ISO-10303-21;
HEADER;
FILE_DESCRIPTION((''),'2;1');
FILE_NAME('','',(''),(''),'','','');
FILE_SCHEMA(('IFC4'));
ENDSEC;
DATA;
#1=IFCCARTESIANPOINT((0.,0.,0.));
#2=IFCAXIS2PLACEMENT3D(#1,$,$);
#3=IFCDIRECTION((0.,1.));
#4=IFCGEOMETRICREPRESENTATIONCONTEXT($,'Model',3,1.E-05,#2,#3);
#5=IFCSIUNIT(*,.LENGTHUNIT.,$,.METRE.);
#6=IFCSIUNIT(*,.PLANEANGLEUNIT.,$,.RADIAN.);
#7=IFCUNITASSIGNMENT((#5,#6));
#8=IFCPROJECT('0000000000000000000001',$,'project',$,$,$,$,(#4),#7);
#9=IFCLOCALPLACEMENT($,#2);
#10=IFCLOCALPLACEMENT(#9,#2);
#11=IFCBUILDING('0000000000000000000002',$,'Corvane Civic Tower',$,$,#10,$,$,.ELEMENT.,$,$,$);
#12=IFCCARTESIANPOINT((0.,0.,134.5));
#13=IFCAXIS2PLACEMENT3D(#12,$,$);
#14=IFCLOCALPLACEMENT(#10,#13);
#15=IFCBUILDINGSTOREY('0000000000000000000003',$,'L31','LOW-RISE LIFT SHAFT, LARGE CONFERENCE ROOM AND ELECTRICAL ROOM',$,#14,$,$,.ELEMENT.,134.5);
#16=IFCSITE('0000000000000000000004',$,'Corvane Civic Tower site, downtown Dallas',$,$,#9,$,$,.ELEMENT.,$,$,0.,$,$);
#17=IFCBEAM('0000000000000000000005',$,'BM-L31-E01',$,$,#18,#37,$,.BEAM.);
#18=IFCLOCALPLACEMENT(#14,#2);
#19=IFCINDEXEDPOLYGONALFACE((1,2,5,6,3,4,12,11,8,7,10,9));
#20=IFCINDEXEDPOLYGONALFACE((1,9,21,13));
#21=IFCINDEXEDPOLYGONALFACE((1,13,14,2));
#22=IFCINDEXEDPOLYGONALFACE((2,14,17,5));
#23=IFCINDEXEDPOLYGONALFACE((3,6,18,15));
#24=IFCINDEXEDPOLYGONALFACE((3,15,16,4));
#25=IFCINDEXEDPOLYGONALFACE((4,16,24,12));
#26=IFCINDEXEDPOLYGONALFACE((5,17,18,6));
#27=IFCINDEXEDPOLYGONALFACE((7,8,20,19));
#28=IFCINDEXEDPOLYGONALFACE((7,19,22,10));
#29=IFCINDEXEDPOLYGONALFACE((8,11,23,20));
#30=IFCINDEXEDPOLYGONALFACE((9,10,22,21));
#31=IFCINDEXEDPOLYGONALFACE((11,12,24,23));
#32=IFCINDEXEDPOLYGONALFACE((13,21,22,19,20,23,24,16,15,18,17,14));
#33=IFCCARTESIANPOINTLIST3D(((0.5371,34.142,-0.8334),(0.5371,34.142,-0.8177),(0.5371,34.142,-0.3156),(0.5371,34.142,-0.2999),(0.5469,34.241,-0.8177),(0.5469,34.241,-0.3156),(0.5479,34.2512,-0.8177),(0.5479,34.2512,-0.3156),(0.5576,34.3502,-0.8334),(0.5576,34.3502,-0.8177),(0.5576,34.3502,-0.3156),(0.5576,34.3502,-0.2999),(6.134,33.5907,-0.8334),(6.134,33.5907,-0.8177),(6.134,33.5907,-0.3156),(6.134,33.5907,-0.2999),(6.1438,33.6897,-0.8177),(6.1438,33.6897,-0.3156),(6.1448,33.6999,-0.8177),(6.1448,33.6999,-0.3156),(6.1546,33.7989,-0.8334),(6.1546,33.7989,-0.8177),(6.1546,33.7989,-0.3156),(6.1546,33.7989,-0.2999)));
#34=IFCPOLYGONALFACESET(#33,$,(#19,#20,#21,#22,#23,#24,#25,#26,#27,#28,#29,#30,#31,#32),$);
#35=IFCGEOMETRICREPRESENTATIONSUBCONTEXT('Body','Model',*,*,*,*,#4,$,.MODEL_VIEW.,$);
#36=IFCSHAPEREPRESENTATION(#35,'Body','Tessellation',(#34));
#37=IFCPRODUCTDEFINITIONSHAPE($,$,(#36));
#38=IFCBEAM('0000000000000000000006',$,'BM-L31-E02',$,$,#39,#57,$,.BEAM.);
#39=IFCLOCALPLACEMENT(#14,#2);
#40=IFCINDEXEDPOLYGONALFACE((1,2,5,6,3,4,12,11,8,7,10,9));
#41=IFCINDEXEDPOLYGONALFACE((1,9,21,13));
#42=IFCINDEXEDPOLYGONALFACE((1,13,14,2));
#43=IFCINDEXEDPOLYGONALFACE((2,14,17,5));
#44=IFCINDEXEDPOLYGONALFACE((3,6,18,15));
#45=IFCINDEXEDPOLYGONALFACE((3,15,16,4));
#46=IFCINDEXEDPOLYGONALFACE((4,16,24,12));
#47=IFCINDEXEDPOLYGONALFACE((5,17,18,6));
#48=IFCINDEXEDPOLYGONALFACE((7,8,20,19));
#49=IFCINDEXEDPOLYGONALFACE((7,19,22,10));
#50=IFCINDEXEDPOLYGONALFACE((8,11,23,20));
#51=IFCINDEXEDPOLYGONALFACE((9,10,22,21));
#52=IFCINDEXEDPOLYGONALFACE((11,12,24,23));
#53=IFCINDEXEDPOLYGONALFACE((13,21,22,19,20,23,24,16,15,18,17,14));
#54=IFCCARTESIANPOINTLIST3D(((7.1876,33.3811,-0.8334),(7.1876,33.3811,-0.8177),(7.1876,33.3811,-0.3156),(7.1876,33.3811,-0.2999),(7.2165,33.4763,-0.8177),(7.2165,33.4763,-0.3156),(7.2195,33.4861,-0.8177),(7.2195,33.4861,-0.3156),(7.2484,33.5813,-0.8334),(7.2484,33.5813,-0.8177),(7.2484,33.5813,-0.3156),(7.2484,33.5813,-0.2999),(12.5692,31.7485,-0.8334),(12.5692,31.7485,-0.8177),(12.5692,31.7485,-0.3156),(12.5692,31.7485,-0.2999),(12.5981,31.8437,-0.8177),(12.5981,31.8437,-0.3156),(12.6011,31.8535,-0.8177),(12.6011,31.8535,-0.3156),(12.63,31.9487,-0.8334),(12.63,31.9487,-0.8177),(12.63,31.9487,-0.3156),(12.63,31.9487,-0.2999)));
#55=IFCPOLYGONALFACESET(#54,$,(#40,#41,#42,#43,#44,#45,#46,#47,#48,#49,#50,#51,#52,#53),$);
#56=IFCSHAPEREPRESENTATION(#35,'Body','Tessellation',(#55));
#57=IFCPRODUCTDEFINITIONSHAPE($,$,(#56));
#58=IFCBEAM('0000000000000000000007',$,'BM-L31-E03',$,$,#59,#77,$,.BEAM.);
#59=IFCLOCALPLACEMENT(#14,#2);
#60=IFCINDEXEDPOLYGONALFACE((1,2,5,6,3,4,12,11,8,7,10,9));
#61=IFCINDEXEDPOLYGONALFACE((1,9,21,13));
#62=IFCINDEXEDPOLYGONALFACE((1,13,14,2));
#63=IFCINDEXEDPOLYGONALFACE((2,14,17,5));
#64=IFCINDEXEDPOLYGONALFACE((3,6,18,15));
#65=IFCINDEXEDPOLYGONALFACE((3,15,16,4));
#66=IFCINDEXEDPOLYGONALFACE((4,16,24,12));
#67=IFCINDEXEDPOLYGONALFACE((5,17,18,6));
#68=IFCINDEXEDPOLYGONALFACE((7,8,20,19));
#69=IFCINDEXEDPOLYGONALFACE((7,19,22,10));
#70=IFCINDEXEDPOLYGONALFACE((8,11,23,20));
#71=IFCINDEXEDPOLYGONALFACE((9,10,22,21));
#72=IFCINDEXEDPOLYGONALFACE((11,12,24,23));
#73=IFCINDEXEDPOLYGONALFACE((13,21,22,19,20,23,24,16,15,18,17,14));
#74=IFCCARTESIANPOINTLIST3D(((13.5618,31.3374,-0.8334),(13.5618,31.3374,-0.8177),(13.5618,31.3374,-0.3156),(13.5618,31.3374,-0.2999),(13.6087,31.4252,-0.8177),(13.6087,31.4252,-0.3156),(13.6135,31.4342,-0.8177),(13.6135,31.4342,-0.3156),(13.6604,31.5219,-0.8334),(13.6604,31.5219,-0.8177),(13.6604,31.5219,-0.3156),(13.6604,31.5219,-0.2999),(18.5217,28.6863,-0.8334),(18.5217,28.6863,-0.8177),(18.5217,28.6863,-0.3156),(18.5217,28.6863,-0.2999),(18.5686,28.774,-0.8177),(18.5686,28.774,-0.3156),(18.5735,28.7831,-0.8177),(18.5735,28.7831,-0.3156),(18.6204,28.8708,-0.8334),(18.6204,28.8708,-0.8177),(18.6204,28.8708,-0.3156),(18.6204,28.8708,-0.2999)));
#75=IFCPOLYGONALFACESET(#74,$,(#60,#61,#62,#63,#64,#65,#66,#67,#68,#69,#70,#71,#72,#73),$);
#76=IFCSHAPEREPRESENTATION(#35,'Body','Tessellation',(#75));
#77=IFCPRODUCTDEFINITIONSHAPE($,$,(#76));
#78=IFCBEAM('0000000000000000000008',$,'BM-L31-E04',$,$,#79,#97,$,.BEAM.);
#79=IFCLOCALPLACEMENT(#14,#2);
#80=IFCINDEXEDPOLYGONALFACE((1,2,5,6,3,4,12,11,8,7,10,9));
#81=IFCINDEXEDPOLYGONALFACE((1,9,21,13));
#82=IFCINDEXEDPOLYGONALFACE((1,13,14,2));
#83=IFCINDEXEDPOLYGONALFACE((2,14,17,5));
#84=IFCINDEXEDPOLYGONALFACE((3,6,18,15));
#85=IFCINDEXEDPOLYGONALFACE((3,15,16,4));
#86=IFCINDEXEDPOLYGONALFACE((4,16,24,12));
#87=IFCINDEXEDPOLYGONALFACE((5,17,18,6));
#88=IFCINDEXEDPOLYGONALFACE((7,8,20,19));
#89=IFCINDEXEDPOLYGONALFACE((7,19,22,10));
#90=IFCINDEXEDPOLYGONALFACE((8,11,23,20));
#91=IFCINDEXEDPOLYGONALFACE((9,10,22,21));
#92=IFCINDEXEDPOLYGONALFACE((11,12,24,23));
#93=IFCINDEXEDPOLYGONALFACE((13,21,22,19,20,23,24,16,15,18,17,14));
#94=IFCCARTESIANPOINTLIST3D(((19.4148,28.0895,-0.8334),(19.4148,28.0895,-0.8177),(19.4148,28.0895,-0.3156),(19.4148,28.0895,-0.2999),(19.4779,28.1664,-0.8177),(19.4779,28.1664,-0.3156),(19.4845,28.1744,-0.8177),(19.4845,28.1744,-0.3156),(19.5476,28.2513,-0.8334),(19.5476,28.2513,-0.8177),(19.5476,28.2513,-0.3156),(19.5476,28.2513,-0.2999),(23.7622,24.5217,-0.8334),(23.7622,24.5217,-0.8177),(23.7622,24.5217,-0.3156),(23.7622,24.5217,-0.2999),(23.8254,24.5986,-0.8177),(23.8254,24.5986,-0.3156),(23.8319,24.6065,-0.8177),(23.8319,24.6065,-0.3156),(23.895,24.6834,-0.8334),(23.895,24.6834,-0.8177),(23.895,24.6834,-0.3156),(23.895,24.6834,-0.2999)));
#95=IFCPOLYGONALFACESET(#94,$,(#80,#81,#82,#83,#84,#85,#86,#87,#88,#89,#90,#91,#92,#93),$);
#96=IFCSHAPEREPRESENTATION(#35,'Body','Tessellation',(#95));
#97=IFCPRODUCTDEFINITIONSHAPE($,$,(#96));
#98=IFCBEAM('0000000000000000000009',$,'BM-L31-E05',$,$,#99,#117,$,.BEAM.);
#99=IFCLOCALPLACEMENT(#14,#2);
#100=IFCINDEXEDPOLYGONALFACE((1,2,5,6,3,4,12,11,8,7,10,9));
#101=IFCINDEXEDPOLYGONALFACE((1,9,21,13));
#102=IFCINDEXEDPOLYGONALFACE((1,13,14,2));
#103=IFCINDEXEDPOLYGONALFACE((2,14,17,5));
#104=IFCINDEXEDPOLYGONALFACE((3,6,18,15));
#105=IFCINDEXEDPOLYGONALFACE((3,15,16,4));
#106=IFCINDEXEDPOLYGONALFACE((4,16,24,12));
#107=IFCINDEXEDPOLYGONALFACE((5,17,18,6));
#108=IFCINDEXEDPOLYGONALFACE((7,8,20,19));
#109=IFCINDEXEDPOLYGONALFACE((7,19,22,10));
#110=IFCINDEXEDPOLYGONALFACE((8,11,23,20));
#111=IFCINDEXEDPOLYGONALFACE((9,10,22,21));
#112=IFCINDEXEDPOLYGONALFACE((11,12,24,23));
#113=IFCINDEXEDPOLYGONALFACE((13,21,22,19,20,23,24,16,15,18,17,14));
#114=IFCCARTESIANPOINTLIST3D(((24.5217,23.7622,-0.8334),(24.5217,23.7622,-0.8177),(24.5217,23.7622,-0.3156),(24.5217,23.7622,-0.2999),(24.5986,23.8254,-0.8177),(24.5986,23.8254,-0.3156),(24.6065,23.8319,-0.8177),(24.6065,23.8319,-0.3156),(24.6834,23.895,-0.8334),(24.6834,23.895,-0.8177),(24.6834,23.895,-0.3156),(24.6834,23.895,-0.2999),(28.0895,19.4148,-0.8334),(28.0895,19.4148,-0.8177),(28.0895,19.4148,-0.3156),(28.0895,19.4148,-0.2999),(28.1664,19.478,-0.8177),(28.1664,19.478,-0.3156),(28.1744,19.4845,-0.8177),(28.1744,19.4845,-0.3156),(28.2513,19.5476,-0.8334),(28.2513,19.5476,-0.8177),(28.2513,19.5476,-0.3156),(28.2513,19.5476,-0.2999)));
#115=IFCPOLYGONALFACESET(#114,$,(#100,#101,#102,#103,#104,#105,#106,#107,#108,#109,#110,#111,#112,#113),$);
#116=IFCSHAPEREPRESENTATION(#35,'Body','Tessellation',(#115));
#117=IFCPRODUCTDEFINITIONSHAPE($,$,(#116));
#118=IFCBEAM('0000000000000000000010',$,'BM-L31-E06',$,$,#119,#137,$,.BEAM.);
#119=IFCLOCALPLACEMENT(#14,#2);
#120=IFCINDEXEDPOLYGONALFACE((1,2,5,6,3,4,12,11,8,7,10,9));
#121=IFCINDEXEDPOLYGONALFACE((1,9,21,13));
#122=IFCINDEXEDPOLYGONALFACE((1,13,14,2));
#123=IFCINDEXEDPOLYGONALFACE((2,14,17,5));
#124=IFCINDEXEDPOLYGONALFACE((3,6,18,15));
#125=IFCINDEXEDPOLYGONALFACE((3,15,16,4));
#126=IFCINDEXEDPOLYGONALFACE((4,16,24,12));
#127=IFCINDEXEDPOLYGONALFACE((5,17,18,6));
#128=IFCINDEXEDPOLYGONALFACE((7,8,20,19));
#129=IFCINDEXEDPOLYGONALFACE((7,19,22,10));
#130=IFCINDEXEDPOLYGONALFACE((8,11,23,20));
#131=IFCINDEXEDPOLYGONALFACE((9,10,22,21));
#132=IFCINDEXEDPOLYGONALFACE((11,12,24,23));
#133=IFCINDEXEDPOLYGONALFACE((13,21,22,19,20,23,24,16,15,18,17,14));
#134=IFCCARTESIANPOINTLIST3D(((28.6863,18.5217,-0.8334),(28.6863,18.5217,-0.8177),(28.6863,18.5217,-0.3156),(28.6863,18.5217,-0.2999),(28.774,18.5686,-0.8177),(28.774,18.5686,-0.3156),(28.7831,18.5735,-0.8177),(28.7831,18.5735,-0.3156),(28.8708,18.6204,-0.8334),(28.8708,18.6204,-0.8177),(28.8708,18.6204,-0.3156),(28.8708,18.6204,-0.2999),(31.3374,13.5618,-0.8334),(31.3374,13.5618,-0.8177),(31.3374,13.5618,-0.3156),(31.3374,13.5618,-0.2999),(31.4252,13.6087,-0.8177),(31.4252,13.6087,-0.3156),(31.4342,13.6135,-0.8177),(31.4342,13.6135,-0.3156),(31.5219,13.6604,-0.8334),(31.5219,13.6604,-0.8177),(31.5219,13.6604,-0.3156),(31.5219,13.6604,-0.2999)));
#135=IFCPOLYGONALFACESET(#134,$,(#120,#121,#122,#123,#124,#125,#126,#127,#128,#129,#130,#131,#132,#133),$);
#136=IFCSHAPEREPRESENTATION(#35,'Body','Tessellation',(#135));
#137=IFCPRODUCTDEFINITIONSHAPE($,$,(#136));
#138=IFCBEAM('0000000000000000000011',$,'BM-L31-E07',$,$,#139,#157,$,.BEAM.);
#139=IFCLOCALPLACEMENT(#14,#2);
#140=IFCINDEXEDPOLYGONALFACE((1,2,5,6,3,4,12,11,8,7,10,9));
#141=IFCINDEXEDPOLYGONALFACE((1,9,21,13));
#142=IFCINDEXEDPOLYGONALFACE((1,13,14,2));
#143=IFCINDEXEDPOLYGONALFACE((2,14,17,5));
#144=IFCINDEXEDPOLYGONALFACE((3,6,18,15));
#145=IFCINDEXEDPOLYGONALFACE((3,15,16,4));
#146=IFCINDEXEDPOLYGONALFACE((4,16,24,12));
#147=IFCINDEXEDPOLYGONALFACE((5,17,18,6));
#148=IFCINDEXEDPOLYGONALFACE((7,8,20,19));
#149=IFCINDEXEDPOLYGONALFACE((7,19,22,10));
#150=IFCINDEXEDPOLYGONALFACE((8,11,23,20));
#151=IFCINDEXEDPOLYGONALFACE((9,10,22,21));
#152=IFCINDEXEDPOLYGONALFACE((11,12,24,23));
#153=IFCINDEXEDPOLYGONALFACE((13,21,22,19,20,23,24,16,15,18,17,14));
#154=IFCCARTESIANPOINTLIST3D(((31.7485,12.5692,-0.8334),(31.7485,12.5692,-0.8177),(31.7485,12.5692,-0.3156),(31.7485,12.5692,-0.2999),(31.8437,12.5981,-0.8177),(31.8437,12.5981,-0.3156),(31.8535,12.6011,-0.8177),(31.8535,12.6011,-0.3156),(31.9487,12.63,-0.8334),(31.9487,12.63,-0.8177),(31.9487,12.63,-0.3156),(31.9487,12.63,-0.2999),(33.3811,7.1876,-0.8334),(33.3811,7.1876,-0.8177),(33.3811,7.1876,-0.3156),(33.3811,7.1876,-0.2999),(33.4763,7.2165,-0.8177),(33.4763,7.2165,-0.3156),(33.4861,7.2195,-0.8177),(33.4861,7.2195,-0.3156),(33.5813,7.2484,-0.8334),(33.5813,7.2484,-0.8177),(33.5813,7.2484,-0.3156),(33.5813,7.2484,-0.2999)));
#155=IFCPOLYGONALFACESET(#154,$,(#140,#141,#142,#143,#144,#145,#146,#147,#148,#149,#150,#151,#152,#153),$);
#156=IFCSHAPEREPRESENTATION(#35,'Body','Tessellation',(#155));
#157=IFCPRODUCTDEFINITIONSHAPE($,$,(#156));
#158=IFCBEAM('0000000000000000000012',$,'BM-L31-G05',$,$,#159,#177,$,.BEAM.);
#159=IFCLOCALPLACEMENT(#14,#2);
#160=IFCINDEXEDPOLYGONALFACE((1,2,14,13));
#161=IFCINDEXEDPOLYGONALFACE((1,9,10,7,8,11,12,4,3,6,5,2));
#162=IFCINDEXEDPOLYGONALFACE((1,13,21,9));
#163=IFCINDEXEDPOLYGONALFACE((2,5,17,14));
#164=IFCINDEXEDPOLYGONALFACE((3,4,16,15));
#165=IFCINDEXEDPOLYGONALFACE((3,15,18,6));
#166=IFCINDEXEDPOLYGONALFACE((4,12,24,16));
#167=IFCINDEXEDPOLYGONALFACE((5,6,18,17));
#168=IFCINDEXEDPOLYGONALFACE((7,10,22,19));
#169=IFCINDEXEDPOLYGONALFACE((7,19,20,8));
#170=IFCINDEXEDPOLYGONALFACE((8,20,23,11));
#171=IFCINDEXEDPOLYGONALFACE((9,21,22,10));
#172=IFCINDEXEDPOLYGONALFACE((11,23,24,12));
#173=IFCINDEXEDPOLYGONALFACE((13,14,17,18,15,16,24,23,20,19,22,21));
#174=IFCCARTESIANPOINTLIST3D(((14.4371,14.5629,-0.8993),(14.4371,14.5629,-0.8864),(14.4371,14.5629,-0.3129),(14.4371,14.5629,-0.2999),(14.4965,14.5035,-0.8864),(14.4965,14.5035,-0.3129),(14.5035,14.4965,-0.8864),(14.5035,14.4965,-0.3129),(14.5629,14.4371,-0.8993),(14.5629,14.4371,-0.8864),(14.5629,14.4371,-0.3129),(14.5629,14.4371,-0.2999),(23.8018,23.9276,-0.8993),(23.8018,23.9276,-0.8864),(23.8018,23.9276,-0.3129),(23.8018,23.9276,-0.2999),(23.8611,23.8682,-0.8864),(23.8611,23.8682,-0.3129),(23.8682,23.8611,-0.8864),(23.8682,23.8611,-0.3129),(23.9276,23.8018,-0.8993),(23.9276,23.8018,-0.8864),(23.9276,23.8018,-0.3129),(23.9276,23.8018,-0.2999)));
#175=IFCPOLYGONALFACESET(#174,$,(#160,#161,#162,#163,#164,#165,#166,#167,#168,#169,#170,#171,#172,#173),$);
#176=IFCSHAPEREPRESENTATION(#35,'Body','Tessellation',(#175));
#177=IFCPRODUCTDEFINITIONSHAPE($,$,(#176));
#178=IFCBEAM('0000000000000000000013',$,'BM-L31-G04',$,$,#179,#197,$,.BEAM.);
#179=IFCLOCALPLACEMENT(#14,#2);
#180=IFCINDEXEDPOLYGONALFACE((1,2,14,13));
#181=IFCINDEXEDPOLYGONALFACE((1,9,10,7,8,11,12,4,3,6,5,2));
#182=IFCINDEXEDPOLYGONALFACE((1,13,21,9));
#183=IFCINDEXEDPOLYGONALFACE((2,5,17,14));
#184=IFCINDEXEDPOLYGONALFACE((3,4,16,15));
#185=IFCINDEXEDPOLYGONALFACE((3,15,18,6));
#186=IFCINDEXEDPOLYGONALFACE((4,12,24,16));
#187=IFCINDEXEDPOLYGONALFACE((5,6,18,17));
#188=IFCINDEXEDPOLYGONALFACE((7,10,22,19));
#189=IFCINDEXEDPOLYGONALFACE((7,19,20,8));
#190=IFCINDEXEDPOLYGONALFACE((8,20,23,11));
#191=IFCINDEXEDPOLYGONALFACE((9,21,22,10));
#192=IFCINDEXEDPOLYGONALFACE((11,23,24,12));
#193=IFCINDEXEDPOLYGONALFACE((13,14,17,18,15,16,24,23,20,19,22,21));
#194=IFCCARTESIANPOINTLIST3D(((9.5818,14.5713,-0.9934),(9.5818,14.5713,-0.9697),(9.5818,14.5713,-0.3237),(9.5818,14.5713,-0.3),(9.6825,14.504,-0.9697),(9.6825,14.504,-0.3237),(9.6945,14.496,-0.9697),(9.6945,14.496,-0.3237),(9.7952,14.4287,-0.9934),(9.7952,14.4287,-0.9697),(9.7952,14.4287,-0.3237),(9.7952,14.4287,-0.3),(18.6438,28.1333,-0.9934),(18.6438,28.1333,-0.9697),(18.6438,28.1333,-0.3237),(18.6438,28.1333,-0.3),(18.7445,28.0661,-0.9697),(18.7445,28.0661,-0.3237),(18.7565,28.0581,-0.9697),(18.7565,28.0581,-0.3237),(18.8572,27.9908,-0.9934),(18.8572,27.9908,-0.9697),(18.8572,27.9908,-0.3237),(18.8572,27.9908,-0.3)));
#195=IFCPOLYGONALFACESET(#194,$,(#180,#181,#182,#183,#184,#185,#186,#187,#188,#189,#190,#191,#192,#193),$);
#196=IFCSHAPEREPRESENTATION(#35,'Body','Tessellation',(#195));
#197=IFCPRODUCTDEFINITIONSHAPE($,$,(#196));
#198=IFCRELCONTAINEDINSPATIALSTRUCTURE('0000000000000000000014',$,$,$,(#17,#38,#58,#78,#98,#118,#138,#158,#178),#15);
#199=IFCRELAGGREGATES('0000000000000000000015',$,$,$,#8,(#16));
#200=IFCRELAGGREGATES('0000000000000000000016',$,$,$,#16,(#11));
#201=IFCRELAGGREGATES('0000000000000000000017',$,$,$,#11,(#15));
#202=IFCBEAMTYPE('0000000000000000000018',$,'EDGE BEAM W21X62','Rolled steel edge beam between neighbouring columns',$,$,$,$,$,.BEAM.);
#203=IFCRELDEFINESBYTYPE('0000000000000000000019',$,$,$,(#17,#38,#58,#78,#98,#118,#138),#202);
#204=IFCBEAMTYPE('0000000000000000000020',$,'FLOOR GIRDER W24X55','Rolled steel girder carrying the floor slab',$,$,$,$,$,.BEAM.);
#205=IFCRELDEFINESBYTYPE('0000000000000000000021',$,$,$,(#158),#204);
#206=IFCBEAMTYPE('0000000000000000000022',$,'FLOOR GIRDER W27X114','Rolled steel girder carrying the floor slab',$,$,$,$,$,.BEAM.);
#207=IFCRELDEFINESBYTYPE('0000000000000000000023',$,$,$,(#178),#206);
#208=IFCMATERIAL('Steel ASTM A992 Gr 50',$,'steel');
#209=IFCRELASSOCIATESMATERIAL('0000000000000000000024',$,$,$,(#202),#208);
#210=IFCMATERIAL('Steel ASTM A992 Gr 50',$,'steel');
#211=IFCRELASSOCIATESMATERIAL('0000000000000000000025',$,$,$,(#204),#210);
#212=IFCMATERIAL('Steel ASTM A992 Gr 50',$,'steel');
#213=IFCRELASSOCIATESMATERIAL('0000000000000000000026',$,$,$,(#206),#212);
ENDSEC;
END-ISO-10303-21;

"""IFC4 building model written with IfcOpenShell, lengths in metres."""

from ifc_helpers import new_model, si_unit, direction, frame, origin, origin_2d, place, context, subcontext, project, spatial, i_section, extrude, material, material_profile, profile_set, type_object, element, save


model = new_model("IFC4")

# Units and contexts
model_context = context("Model", 3, precision=1e-05, world=origin(), true_north=direction((0.0, 1.0)))
body_context = subcontext(model_context, "Body", "Model", "MODEL_VIEW")
ifc_project = project(units=[si_unit("LENGTHUNIT", "METRE"), si_unit("PLANEANGLEUNIT", "RADIAN")], contexts=[model_context])

# Site, building, storey
site_placement = place(None, origin())
site = spatial("IfcSite", under=ifc_project, at=site_placement, Name="Corvane Civic Tower site, downtown Dallas", CompositionType="ELEMENT", RefElevation=0.0)
building_placement = place(site_placement, origin())
building = spatial("IfcBuilding", under=site, at=building_placement, Name="Corvane Civic Tower", CompositionType="ELEMENT")
storey_placement = place(building_placement, frame((0.0, 0.0, 134.5)))
storey = spatial("IfcBuildingStorey", under=building, at=storey_placement, Name="L31", Description="LOW-RISE LIFT SHAFT, LARGE CONFERENCE ROOM AND ELECTRICAL ROOM", CompositionType="ELEMENT", Elevation=134.5)

# Beams
ifc_material_1 = material(Name="Steel ASTM A992 Gr 50", Category="steel")
ifc_material_profile_1 = material_profile(ifc_material_1, i_section(OverallWidth=0.2092, OverallDepth=0.5334, WebThickness=0.0103, FlangeThickness=0.0156, at=origin_2d()), Name="W21X62")
ifc_profile_set_1 = profile_set([ifc_material_profile_1], Name="Steel ASTM A992 Gr 50")
beam_type_1 = type_object("IfcBeamType", Name="EDGE BEAM W21X62", Description="Rolled steel edge beam between neighbouring columns", PredefinedType="BEAM", material=ifc_profile_set_1)
beam_1_placement = place(storey_placement, frame((0.5474, 34.2461, -0.5667), z_axis=(0.995184, -0.098021, 0.0), x_axis=(0.098021, 0.995184, 0.0)))
element("IfcBeam", 1, at=beam_1_placement, inside=storey, type_object=beam_type_1, Name="BM-L31-E01", PredefinedType="BEAM", context=body_context, shape_type="SweptSolid", body=[
    extrude(i_section(OverallWidth=0.2092, OverallDepth=0.5334, WebThickness=0.0103, FlangeThickness=0.0156, at=origin_2d()), origin(), (0.0, 0.0, 1.0), 5.624),
])
beam_2_placement = place(storey_placement, frame((7.218, 33.4812, -0.5667), z_axis=(0.956936, -0.290298, 0.0), x_axis=(0.290298, 0.956936, 0.0)))
element("IfcBeam", 2, at=beam_2_placement, inside=storey, type_object=beam_type_1, Name="BM-L31-E02", PredefinedType="BEAM", context=body_context, shape_type="SweptSolid", body=[
    extrude(i_section(OverallWidth=0.2092, OverallDepth=0.5334, WebThickness=0.0103, FlangeThickness=0.0156, at=origin_2d()), origin(), (0.0, 0.0, 1.0), 5.6238),
])
for number, where, z_axis, x_axis, name in (
    (3, (13.6111, 31.4297, -0.5667), (0.881924, -0.471392, 0.0), (0.471392, 0.881924, 0.0), "BM-L31-E03"),
    (4, (19.4812, 28.1704, -0.5667), (0.773007, -0.634398, 0.0), (0.634398, 0.773007, 0.0), "BM-L31-E04"),
    (5, (24.6025, 23.8286, -0.5667), (0.634398, -0.773007, 0.0), (0.773007, 0.634398, 0.0), "BM-L31-E05"),
    (6, (28.7786, 18.571, -0.5667), (0.471392, -0.881924, 0.0), (0.881924, 0.471392, 0.0), "BM-L31-E06"),
):
    element("IfcBeam", number, at=place(storey_placement, frame(where, z_axis=z_axis, x_axis=x_axis)), inside=storey, type_object=beam_type_1, Name=name, PredefinedType="BEAM", context=body_context, shape_type="SweptSolid", body=[
        extrude(i_section(OverallWidth=0.2092, OverallDepth=0.5334, WebThickness=0.0103, FlangeThickness=0.0156, at=origin_2d()), origin(), (0.0, 0.0, 1.0), 5.624),
    ])
beam_3_placement = place(storey_placement, frame((31.8486, 12.5996, -0.5667), z_axis=(0.290298, -0.956936, 0.0), x_axis=(0.956936, 0.290298, 0.0)))
element("IfcBeam", 7, at=beam_3_placement, inside=storey, type_object=beam_type_1, Name="BM-L31-E07", PredefinedType="BEAM", context=body_context, shape_type="SweptSolid", body=[
    extrude(i_section(OverallWidth=0.2092, OverallDepth=0.5334, WebThickness=0.0103, FlangeThickness=0.0156, at=origin_2d()), origin(), (0.0, 0.0, 1.0), 5.6238),
])
ifc_material_2 = material(Name="Steel ASTM A992 Gr 50", Category="steel")
ifc_material_profile_2 = material_profile(ifc_material_2, i_section(OverallWidth=0.178, OverallDepth=0.5994, WebThickness=0.01, FlangeThickness=0.0129, at=origin_2d()), Name="W24X55")
ifc_profile_set_2 = profile_set([ifc_material_profile_2], Name="Steel ASTM A992 Gr 50")
beam_type_2 = type_object("IfcBeamType", Name="FLOOR GIRDER W24X55", Description="Rolled steel girder carrying the floor slab", PredefinedType="BEAM", material=ifc_profile_set_2)
beam_4_placement = place(storey_placement, frame((14.5, 14.5, -0.5996), z_axis=(0.707107, 0.707107, 0.0), x_axis=(-0.707107, 0.707107, 0.0)))
element("IfcBeam", 8, at=beam_4_placement, inside=storey, type_object=beam_type_2, Name="BM-L31-G05", PredefinedType="BEAM", context=body_context, shape_type="SweptSolid", body=[
    extrude(i_section(OverallWidth=0.178, OverallDepth=0.5994, WebThickness=0.01, FlangeThickness=0.0129, at=origin_2d()), origin(), (0.0, 0.0, 1.0), 13.2437),
])
ifc_material_3 = material(Name="Steel ASTM A992 Gr 50", Category="steel")
ifc_material_profile_3 = material_profile(ifc_material_3, i_section(OverallWidth=0.2566, OverallDepth=0.6934, WebThickness=0.0144, FlangeThickness=0.0237, at=origin_2d()), Name="W27X114")
ifc_profile_set_3 = profile_set([ifc_material_profile_3], Name="Steel ASTM A992 Gr 50")
beam_type_3 = type_object("IfcBeamType", Name="FLOOR GIRDER W27X114", Description="Rolled steel girder carrying the floor slab", PredefinedType="BEAM", material=ifc_profile_set_3)
beam_5_placement = place(storey_placement, frame((9.6885, 14.5, -0.6467), z_axis=(0.555577, 0.831465, 0.0), x_axis=(-0.831465, 0.555577, 0.0)))
element("IfcBeam", 9, at=beam_5_placement, inside=storey, type_object=beam_type_3, Name="BM-L31-G04", PredefinedType="BEAM", context=body_context, shape_type="SweptSolid", body=[
    extrude(i_section(OverallWidth=0.2566, OverallDepth=0.6934, WebThickness=0.0144, FlangeThickness=0.0237, at=origin_2d()), origin(), (0.0, 0.0, 1.0), 16.311),
])

save(model, "model.ifc")
